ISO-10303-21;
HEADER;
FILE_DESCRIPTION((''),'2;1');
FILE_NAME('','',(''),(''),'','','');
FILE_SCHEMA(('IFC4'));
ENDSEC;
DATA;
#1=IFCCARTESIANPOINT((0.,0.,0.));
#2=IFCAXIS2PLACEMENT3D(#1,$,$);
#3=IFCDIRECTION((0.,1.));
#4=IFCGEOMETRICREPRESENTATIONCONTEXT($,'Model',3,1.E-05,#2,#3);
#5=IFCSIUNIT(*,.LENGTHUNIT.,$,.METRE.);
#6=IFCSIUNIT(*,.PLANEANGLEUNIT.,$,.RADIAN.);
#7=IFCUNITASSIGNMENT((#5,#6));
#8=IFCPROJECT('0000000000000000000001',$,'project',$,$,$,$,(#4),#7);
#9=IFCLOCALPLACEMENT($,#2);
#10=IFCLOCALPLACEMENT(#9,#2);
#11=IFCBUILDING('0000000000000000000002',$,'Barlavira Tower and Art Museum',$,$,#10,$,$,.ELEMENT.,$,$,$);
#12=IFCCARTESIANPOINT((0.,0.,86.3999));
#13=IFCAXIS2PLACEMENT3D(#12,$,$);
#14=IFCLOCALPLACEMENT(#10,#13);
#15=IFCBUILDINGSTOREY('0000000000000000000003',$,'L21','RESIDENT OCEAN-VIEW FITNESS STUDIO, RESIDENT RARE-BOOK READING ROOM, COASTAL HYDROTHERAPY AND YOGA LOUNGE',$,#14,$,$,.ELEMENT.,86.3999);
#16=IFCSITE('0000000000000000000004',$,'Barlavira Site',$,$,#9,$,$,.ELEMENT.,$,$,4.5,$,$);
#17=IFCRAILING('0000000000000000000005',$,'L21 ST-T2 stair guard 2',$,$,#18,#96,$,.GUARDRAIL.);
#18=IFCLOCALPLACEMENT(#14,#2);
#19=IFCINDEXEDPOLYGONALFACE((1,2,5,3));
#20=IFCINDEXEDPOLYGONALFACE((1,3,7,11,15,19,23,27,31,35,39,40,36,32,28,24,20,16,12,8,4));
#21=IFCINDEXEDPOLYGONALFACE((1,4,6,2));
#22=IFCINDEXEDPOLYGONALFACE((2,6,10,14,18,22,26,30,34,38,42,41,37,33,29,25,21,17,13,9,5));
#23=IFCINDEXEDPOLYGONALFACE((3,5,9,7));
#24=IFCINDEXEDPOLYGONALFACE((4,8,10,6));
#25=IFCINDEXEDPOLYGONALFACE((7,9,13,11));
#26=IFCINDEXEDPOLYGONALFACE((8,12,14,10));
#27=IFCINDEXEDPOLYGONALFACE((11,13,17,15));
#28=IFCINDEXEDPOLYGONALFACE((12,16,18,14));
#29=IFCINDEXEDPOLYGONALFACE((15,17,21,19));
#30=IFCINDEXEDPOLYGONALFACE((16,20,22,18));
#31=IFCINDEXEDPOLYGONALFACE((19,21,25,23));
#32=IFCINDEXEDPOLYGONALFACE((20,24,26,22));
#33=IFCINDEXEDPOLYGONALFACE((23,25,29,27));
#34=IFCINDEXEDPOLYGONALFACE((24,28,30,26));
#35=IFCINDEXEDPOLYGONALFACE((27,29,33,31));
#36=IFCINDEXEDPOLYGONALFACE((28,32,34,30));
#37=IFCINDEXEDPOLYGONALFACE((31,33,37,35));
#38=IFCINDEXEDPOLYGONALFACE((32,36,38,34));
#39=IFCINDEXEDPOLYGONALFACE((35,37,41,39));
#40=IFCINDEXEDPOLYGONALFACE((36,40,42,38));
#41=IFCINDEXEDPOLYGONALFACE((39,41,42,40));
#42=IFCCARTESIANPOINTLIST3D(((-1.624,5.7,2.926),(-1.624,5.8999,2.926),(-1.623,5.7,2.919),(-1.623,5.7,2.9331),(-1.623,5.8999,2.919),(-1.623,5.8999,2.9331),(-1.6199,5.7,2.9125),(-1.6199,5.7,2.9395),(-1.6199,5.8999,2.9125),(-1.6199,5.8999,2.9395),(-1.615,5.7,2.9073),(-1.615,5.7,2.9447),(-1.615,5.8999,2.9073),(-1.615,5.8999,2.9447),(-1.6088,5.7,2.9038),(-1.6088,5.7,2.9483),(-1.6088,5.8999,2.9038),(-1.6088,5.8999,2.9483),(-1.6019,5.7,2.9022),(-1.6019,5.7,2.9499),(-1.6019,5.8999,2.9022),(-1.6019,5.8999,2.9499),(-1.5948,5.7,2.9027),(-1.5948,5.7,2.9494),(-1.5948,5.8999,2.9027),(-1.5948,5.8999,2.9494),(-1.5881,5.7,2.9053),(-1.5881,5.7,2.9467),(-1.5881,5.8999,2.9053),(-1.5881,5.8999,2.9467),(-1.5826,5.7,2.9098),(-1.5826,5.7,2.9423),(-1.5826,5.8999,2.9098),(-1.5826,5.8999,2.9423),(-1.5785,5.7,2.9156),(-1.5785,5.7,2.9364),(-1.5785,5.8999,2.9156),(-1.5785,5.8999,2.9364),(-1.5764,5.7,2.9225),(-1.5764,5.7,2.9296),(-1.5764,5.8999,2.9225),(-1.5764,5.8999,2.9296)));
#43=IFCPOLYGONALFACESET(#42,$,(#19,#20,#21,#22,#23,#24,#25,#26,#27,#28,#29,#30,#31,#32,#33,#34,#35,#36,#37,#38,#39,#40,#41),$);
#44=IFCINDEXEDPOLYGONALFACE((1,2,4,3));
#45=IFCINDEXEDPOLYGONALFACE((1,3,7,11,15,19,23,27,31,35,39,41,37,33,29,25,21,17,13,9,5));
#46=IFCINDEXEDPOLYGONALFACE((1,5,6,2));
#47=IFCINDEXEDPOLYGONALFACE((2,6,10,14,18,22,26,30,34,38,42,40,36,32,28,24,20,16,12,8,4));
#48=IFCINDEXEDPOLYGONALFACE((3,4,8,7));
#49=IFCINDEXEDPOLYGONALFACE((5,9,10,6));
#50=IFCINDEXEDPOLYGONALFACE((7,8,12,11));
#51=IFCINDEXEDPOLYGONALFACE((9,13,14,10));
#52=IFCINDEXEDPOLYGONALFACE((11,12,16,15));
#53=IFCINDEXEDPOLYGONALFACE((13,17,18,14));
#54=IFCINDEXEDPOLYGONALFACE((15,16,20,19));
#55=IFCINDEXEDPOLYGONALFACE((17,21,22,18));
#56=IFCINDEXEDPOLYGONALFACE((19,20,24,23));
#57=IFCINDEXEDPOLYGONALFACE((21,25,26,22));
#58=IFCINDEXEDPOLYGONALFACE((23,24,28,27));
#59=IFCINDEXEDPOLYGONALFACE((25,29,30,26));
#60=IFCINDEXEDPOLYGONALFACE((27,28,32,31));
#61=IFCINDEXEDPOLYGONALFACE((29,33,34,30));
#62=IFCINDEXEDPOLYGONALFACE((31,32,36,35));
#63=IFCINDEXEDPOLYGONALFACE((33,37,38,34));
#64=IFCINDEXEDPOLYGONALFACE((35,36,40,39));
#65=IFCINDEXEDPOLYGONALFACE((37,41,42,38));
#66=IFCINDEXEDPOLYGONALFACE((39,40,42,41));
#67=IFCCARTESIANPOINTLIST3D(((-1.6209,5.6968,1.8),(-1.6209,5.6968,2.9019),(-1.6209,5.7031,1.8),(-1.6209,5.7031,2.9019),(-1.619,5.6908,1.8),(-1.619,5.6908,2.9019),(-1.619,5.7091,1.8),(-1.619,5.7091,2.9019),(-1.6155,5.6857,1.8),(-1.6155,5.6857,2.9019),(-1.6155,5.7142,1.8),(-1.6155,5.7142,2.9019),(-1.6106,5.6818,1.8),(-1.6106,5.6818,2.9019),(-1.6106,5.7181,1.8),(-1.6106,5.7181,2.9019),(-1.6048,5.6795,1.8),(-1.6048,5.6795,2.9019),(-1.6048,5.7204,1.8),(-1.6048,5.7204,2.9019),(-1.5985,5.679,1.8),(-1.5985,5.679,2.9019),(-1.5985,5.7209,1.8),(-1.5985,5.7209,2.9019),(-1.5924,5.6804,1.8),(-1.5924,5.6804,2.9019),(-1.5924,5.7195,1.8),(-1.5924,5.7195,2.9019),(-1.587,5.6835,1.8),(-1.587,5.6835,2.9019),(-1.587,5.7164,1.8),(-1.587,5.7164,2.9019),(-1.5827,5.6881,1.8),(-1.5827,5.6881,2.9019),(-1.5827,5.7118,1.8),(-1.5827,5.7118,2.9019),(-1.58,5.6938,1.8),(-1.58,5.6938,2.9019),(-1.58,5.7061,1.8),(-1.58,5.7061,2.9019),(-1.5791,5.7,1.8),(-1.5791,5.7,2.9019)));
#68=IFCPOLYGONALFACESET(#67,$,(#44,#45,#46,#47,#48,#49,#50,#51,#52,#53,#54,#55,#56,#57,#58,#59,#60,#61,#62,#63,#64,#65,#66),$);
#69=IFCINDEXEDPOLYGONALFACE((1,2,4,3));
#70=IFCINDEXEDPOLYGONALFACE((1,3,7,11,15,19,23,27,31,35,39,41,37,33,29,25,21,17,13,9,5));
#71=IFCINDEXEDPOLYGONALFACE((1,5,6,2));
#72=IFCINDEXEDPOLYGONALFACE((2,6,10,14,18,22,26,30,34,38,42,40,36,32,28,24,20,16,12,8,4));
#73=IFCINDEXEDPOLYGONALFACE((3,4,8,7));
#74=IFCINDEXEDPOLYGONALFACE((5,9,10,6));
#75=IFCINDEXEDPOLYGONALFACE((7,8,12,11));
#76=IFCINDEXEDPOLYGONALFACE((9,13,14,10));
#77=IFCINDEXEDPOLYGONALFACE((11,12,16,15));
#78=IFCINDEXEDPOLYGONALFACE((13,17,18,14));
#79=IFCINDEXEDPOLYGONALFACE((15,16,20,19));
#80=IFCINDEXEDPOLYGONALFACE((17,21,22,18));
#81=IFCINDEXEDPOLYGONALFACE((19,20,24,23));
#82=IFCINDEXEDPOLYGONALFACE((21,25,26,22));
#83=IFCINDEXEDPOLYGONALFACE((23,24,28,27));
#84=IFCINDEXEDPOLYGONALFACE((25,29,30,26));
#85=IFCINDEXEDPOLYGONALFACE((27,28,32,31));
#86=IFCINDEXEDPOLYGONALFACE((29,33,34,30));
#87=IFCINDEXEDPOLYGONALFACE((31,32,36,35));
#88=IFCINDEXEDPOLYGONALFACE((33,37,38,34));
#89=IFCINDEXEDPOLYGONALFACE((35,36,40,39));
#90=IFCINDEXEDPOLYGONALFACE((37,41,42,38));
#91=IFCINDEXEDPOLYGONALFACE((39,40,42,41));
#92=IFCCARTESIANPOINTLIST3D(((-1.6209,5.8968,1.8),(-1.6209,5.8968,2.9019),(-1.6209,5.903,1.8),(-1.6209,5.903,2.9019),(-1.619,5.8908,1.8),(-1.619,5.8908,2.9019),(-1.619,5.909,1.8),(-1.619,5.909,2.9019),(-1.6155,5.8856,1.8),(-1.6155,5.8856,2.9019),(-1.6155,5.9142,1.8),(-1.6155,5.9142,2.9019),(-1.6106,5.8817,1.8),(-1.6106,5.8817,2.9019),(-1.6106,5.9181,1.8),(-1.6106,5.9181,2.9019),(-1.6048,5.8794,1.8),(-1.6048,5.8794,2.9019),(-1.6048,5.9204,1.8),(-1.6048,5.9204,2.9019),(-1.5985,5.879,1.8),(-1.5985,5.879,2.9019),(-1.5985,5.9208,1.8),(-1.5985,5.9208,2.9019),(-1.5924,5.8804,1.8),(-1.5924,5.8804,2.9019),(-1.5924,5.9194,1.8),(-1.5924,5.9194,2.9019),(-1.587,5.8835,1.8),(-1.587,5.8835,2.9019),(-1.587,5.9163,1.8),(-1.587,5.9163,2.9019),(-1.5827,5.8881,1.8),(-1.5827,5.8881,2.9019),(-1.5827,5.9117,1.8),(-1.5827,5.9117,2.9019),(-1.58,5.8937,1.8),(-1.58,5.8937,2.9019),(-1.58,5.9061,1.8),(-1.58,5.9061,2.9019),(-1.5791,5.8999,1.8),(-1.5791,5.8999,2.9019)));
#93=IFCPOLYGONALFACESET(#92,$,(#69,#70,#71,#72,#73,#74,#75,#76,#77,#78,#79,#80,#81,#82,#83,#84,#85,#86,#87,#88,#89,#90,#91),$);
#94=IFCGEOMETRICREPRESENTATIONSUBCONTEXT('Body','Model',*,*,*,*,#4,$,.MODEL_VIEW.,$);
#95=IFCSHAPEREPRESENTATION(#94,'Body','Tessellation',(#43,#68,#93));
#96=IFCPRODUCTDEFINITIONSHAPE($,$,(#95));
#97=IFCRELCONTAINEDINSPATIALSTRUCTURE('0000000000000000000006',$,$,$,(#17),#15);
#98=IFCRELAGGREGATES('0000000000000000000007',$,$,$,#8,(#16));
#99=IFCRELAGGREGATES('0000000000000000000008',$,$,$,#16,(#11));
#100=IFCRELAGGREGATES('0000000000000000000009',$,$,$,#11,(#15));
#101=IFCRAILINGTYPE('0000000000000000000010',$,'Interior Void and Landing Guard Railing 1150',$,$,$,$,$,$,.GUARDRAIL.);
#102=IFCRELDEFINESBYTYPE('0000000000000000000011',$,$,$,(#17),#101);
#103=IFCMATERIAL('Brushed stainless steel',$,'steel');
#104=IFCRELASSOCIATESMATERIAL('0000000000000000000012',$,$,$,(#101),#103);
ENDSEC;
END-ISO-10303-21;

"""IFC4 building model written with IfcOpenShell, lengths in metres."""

from ifc_helpers import new_model, si_unit, direction, frame, origin, origin_2d, place, context, subcontext, project, spatial, circle, extrude, material, type_object, element, save


model = new_model("IFC4")

# Units and contexts
model_context = context("Model", 3, precision=1e-05, world=origin(), true_north=direction((0.0, 1.0)))
body_context = subcontext(model_context, "Body", "Model", "MODEL_VIEW")
ifc_project = project(units=[si_unit("LENGTHUNIT", "METRE"), si_unit("PLANEANGLEUNIT", "RADIAN")], contexts=[model_context])

# Site, building, storey
site_placement = place(None, origin())
site = spatial("IfcSite", under=ifc_project, at=site_placement, Name="Barlavira Site", CompositionType="ELEMENT", RefElevation=4.5)
building_placement = place(site_placement, origin())
building = spatial("IfcBuilding", under=site, at=building_placement, Name="Barlavira Tower and Art Museum", CompositionType="ELEMENT")
storey_placement = place(building_placement, frame((0.0, 0.0, 86.3999)))
storey = spatial("IfcBuildingStorey", under=building, at=storey_placement, Name="L21", Description="RESIDENT OCEAN-VIEW FITNESS STUDIO, RESIDENT RARE-BOOK READING ROOM, COASTAL HYDROTHERAPY AND YOGA LOUNGE", CompositionType="ELEMENT", Elevation=86.3999)

# Shared definitions
ifc_material_1 = material(Name="Brushed stainless steel", Category="steel")

# Railing
railing_type_1 = type_object("IfcRailingType", Name="Interior Void and Landing Guard Railing 1150", PredefinedType="GUARDRAIL", material=ifc_material_1)
railing_1_placement = place(storey_placement, frame((-1.6001, 5.7, 1.8)))
element("IfcRailing", 1, at=railing_1_placement, inside=storey, type_object=railing_type_1, Name="L21 ST-T2 stair guard 2", PredefinedType="GUARDRAIL", context=body_context, shape_type="SweptSolid", body=[
    extrude(circle(Radius=0.0239, at=origin_2d()), frame((0.0, 0.0, 1.126), z_axis=(0.0, 1.0, 0.0), x_axis=(-1.0, 0.0, 0.0)), (0.0, 0.0, 1.0), 0.2),
    extrude(circle(Radius=0.021, at=origin_2d()), origin(), (0.0, 0.0, 1.0), 1.1018),
    extrude(circle(Radius=0.021, at=origin_2d()), frame((0.0, 0.2, 0.0)), (0.0, 0.0, 1.0), 1.1018),
])

save(model, "model.ifc")
